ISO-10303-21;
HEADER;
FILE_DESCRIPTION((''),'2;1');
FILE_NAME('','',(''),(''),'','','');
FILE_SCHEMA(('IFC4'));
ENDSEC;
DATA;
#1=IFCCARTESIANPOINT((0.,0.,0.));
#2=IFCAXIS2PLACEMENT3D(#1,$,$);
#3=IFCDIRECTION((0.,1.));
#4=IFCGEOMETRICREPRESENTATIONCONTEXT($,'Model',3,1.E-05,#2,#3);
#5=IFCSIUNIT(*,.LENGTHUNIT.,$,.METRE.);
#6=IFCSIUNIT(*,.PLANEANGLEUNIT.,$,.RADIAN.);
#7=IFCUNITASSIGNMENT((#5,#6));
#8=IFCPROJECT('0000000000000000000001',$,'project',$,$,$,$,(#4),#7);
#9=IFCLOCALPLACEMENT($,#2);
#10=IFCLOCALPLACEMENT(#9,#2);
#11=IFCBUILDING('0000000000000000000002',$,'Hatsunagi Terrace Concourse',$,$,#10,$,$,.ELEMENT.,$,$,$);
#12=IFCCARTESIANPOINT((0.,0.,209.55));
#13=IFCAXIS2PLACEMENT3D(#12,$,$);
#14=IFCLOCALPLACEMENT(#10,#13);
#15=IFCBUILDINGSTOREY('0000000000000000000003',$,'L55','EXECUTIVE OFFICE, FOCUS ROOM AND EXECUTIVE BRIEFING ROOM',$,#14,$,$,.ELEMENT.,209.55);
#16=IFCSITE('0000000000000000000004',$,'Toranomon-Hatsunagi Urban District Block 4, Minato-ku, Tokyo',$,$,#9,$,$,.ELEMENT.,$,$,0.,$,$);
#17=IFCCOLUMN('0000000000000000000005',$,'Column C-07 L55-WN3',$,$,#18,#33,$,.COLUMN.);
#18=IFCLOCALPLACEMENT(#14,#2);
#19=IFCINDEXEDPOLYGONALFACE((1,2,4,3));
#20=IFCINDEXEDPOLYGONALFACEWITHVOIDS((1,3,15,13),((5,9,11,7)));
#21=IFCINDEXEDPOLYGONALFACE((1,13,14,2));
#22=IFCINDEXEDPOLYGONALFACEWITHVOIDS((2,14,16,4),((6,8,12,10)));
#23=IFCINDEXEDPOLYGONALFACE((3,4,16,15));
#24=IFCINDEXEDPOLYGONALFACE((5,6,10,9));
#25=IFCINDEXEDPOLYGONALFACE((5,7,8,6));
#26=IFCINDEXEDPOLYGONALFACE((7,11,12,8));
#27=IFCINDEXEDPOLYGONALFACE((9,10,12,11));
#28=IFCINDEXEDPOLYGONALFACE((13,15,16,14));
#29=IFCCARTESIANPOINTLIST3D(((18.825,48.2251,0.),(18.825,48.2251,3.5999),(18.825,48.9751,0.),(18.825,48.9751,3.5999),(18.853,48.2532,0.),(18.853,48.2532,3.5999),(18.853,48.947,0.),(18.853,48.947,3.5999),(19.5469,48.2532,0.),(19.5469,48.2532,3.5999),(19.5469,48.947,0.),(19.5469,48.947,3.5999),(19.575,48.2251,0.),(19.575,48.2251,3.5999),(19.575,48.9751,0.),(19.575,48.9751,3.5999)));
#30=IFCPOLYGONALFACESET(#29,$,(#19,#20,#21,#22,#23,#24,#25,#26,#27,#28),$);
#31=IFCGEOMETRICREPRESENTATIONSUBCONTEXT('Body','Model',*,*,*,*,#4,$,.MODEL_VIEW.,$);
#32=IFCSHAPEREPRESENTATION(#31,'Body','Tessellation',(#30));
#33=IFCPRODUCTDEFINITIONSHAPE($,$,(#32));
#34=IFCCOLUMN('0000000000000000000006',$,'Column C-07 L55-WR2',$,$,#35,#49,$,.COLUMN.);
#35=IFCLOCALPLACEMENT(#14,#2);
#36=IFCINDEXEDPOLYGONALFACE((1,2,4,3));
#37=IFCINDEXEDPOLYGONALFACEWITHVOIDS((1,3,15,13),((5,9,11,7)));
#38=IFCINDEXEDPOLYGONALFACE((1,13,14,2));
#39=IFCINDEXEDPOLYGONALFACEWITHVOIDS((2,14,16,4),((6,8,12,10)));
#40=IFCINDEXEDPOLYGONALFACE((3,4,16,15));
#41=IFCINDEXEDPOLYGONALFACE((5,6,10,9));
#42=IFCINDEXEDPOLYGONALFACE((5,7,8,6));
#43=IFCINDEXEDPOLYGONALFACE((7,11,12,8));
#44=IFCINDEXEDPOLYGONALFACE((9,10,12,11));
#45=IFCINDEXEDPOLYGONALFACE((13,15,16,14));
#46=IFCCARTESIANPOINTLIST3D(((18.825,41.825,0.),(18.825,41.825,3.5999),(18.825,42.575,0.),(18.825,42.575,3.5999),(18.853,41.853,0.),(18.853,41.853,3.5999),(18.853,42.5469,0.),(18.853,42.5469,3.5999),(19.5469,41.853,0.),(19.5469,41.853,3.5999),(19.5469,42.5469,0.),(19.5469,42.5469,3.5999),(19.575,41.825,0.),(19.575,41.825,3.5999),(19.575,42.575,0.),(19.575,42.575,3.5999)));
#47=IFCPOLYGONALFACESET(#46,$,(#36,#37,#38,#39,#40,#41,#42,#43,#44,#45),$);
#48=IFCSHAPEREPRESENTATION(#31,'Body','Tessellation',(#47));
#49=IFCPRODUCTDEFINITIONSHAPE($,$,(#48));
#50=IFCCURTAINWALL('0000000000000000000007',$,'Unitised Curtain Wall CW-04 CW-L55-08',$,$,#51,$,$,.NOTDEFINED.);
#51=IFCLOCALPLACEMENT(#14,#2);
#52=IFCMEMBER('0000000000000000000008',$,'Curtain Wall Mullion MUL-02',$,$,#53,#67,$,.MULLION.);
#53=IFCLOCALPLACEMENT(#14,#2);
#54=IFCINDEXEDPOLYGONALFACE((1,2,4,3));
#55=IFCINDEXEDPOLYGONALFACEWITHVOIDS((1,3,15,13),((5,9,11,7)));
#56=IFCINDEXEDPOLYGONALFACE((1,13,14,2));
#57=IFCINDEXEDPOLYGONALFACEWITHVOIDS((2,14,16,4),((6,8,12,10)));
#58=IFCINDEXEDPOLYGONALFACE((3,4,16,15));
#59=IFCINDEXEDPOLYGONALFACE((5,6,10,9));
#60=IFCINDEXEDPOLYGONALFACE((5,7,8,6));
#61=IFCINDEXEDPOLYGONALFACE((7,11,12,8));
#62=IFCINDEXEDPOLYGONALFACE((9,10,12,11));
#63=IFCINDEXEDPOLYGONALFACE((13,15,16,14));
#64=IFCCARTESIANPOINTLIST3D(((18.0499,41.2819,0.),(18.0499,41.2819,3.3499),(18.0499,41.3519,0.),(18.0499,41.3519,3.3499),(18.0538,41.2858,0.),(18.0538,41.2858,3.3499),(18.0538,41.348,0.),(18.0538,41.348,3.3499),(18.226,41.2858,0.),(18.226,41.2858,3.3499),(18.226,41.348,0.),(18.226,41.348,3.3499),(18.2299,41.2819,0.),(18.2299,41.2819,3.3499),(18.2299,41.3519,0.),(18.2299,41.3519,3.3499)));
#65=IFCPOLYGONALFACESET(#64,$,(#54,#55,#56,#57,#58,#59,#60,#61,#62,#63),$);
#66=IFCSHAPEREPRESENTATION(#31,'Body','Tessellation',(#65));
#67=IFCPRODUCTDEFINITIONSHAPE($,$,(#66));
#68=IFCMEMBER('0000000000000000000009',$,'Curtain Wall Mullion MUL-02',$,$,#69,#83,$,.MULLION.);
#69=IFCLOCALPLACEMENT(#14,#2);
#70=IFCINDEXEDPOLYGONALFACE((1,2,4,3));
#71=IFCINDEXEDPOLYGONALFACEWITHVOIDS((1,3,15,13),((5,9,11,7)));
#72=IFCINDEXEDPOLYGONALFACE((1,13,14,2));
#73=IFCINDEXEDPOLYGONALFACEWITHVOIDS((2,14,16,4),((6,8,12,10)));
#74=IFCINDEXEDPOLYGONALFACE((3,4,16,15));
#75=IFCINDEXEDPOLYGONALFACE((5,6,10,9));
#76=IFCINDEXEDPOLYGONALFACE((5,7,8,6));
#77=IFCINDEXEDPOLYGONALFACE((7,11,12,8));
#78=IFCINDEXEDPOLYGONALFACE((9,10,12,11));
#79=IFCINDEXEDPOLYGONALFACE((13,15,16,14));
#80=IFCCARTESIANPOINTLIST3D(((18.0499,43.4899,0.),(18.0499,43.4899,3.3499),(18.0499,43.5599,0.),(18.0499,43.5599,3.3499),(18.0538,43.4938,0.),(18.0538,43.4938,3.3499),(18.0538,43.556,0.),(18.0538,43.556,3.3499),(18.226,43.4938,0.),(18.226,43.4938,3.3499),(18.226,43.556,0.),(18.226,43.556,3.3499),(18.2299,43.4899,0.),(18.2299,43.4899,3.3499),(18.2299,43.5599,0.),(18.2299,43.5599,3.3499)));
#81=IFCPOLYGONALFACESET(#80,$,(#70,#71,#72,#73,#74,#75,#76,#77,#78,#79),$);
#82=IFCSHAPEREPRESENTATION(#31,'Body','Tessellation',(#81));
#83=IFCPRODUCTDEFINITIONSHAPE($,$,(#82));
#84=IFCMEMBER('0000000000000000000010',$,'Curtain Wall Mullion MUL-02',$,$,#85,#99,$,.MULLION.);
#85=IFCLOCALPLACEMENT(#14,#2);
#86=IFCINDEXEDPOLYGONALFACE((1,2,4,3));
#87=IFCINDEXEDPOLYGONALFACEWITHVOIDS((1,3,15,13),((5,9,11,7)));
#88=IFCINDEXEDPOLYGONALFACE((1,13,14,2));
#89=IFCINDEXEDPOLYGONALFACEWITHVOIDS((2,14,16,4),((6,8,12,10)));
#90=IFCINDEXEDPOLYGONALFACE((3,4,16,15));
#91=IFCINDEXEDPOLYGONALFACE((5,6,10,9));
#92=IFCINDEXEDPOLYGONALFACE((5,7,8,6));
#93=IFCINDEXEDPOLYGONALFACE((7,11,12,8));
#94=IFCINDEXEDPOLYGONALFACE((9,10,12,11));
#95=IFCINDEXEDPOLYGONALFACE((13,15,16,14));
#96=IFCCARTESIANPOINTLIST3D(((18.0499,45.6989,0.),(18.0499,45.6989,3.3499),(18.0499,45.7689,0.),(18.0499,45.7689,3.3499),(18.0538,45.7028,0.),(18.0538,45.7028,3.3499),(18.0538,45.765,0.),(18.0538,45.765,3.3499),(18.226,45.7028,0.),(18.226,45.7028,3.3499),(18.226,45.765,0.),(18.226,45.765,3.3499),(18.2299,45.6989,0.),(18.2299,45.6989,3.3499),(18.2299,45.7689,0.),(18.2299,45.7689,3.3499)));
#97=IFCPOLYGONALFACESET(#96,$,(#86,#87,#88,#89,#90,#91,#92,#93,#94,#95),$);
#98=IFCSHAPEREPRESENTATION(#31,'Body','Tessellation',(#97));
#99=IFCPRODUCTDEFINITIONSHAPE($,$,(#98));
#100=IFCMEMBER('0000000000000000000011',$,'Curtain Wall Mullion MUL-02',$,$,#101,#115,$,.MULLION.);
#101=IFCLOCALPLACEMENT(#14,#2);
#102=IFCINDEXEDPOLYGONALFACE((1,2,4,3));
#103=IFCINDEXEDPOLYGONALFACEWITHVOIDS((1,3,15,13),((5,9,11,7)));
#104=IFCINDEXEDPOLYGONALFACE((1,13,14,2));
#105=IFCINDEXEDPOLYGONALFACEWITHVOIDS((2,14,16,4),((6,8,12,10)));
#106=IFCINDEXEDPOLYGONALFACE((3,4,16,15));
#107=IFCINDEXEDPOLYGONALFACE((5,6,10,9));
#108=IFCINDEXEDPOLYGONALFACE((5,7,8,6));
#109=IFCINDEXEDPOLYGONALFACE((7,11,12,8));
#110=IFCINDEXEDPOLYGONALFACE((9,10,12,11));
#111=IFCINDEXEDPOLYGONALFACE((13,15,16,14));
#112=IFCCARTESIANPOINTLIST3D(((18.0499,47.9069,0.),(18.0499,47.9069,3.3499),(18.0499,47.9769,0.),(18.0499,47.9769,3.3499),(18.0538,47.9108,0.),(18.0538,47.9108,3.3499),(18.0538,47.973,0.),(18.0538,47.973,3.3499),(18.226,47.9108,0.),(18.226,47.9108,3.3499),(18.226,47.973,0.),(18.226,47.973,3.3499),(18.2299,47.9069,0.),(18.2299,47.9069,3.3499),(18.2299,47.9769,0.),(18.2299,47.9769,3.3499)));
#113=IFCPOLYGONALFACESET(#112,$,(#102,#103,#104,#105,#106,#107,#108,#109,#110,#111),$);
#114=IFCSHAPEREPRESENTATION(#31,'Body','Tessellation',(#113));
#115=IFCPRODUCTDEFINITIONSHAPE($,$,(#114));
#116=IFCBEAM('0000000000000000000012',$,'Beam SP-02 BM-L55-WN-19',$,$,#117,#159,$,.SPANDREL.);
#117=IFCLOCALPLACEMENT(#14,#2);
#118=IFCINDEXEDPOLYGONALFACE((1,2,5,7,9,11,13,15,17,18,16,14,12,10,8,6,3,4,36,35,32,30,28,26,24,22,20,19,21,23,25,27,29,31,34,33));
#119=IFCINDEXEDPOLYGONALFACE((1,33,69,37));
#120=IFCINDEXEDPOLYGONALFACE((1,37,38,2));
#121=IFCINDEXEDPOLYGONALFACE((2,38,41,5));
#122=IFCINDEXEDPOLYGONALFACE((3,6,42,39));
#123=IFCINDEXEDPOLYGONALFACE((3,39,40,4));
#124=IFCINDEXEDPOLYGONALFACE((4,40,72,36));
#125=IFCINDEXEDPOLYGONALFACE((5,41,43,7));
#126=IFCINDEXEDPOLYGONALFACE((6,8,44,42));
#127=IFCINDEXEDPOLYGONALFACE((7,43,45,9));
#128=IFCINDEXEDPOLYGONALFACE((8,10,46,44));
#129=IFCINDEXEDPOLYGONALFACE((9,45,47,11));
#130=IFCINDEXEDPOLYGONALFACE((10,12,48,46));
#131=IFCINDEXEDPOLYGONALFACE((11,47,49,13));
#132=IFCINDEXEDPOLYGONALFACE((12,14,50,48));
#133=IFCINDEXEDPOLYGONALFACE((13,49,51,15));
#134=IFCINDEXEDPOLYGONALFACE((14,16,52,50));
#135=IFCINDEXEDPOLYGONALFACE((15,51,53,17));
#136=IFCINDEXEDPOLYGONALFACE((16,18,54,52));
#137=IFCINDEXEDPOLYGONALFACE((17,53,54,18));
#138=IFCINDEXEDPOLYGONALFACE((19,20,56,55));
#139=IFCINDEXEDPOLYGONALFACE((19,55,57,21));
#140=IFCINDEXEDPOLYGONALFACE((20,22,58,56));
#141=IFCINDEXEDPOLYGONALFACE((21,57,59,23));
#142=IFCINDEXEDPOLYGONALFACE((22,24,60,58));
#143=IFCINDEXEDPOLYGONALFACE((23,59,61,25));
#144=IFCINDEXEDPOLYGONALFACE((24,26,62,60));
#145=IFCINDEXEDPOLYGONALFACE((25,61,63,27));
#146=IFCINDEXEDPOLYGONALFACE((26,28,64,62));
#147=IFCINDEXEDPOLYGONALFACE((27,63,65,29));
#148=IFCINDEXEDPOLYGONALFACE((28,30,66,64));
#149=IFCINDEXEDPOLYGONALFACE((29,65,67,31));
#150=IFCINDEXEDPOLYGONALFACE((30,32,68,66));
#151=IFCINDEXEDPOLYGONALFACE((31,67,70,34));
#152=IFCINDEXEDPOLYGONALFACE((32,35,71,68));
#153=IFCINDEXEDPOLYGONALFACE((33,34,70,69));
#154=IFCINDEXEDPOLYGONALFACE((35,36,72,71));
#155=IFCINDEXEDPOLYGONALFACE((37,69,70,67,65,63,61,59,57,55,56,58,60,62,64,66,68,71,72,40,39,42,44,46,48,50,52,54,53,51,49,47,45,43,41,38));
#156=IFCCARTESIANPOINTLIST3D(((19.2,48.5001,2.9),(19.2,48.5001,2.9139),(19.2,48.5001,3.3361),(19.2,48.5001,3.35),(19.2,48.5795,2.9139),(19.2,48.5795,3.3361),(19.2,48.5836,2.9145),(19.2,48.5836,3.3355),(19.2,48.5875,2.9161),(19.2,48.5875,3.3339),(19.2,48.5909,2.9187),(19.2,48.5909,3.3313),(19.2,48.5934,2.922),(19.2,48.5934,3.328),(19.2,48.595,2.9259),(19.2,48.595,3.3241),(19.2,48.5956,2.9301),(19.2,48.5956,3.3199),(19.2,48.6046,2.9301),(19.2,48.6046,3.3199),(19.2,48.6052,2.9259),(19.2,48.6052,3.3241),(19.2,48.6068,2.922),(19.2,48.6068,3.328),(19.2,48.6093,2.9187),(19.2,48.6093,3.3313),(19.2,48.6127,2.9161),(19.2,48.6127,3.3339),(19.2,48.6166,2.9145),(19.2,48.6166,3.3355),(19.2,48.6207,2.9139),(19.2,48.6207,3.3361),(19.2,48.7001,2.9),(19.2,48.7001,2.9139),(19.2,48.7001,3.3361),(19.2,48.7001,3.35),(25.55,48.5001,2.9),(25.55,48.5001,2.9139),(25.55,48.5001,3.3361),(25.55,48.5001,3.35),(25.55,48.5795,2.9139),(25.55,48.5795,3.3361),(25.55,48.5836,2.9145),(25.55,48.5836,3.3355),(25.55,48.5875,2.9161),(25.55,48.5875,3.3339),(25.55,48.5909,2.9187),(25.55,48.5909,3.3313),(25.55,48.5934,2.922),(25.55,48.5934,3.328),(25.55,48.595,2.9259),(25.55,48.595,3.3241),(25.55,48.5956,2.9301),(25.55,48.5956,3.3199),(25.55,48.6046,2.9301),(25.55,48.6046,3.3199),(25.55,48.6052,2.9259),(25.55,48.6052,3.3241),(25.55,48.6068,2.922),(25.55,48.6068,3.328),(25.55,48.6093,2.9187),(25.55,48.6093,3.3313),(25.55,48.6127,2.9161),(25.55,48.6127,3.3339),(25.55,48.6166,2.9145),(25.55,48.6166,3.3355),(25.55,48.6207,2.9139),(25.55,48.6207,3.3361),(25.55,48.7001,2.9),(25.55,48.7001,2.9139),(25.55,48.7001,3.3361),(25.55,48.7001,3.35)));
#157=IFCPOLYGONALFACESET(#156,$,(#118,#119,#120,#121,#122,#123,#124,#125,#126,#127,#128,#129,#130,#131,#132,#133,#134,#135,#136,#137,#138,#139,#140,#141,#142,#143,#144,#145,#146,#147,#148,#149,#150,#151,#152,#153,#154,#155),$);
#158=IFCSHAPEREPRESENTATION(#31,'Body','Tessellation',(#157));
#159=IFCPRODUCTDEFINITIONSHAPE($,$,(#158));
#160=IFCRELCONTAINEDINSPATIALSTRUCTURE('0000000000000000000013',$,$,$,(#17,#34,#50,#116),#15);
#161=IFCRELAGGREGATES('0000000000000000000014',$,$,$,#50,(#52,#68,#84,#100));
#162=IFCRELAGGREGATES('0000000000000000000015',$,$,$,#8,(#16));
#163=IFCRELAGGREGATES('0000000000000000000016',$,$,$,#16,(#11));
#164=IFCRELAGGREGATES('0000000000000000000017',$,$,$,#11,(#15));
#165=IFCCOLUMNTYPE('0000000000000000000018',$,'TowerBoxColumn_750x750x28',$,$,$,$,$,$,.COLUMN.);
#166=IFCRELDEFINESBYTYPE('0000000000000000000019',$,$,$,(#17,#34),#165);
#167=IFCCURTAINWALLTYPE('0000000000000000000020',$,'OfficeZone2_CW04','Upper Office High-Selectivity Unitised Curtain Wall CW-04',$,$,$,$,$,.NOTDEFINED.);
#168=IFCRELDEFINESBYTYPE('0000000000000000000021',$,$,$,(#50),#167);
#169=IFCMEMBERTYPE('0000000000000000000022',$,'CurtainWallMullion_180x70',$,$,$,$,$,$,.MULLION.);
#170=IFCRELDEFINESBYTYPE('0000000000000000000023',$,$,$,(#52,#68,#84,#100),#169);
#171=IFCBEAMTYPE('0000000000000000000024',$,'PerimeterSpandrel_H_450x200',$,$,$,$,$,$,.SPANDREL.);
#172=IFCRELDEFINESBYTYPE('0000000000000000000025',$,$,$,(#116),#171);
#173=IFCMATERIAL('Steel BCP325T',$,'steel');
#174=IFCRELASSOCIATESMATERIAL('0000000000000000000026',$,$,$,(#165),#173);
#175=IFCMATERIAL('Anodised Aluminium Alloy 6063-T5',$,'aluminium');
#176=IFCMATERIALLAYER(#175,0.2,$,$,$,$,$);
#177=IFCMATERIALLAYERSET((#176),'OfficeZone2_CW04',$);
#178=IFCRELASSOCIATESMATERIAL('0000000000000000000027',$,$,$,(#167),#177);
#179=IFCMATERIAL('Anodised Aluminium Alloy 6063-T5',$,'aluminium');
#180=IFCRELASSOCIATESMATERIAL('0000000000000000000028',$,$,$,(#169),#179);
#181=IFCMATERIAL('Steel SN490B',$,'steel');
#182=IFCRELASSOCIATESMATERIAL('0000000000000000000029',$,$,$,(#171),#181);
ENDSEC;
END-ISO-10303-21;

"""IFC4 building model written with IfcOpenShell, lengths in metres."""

from ifc_helpers import new_model, si_unit, direction, frame, origin, origin_2d, place, context, subcontext, project, spatial, hollow_rectangle, i_section, extrude, material, layer, layer_set, material_profile, profile_set, type_object, element, aggregate, save


model = new_model("IFC4")

# Units and contexts
model_context = context("Model", 3, precision=1e-05, world=origin(), true_north=direction((0.0, 1.0)))
body_context = subcontext(model_context, "Body", "Model", "MODEL_VIEW")
ifc_project = project(units=[si_unit("LENGTHUNIT", "METRE"), si_unit("PLANEANGLEUNIT", "RADIAN")], contexts=[model_context])

# Site, building, storey
site_placement = place(None, origin())
site = spatial("IfcSite", under=ifc_project, at=site_placement, Name="Toranomon-Hatsunagi Urban District Block 4, Minato-ku, Tokyo", CompositionType="ELEMENT", RefElevation=0.0)
building_placement = place(site_placement, origin())
building = spatial("IfcBuilding", under=site, at=building_placement, Name="Hatsunagi Terrace Concourse", CompositionType="ELEMENT")
storey_placement = place(building_placement, frame((0.0, 0.0, 209.55)))
storey = spatial("IfcBuildingStorey", under=building, at=storey_placement, Name="L55", Description="EXECUTIVE OFFICE, FOCUS ROOM AND EXECUTIVE BRIEFING ROOM", CompositionType="ELEMENT", Elevation=209.55)

# Columns
ifc_material_1 = material(Name="Steel BCP325T", Category="steel")
ifc_material_profile_1 = material_profile(ifc_material_1, hollow_rectangle(XDim=0.75, YDim=0.75, WallThickness=0.0281, at=origin_2d()), Name="BCP-750x750x28")
ifc_profile_set_1 = profile_set([ifc_material_profile_1], Name="Steel BCP325T")
column_type = type_object("IfcColumnType", Name="TowerBoxColumn_750x750x28", PredefinedType="COLUMN", material=ifc_profile_set_1)
for number, where, z_axis, x_axis, name in (
    (1, (19.2, 48.6001, 0.0), (0.0, 0.0, 1.0), (1.0, 0.0, 0.0), "Column C-07 L55-WN3"),
    (2, (19.2, 42.2, 0.0), (0.0, 0.0, 1.0), (1.0, 0.0, 0.0), "Column C-07 L55-WR2"),
):
    element("IfcColumn", number, at=place(storey_placement, frame(where, z_axis=z_axis, x_axis=x_axis)), inside=storey, type_object=column_type, Name=name, PredefinedType="COLUMN", context=body_context, shape_type="SweptSolid", body=[
        extrude(hollow_rectangle(XDim=0.75, YDim=0.75, WallThickness=0.0281, at=origin_2d()), origin(), (0.0, 0.0, 1.0), 3.5999),
    ])

# Curtain wall, members
ifc_material_2 = material(Name="Anodised Aluminium Alloy 6063-T5", Category="aluminium")
ifc_layer_1 = layer(ifc_material_2, 0.2)
ifc_layer_set_1 = layer_set([ifc_layer_1], Name="OfficeZone2_CW04")
curtain_wall_type = type_object("IfcCurtainWallType", Name="OfficeZone2_CW04", Description="Upper Office High-Selectivity Unitised Curtain Wall CW-04", PredefinedType="NOTDEFINED", material=ifc_layer_set_1)
curtain_wall_placement = place(storey_placement, origin())
curtain_wall = element("IfcCurtainWall", 3, at=curtain_wall_placement, inside=storey, type_object=curtain_wall_type, Name="Unitised Curtain Wall CW-04 CW-L55-08", PredefinedType="NOTDEFINED")
ifc_material_3 = material(Name="Anodised Aluminium Alloy 6063-T5", Category="aluminium")
ifc_material_profile_2 = material_profile(ifc_material_3, hollow_rectangle(XDim=0.0701, YDim=0.1799, WallThickness=0.0039, at=origin_2d()), Name="ALU-MUL-180x70x4")
ifc_profile_set_2 = profile_set([ifc_material_profile_2], Name="Anodised Aluminium Alloy 6063-T5")
member_type = type_object("IfcMemberType", Name="CurtainWallMullion_180x70", PredefinedType="MULLION", material=ifc_profile_set_2)
member_1_placement = place(storey_placement, frame((18.1399, 41.3169, 0.0), z_axis=(0.0, 0.0, 1.0), x_axis=(0.0, 1.0, 0.0)))
member_1 = element("IfcMember", 4, at=member_1_placement, type_object=member_type, Name="Curtain Wall Mullion MUL-02", PredefinedType="MULLION", context=body_context, shape_type="SweptSolid", body=[
    extrude(hollow_rectangle(XDim=0.0701, YDim=0.1799, WallThickness=0.0039, at=origin_2d()), origin(), (0.0, 0.0, 1.0), 3.3499),
])
member_2_placement = place(storey_placement, frame((18.1399, 43.5249, 0.0), z_axis=(0.0, 0.0, 1.0), x_axis=(0.0, 1.0, 0.0)))
member_2 = element("IfcMember", 5, at=member_2_placement, type_object=member_type, Name="Curtain Wall Mullion MUL-02", PredefinedType="MULLION", context=body_context, shape_type="SweptSolid", body=[
    extrude(hollow_rectangle(XDim=0.0701, YDim=0.1799, WallThickness=0.0039, at=origin_2d()), origin(), (0.0, 0.0, 1.0), 3.3499),
])
member_3_placement = place(storey_placement, frame((18.1399, 45.7339, 0.0), z_axis=(0.0, 0.0, 1.0), x_axis=(0.0, 1.0, 0.0)))
member_3 = element("IfcMember", 6, at=member_3_placement, type_object=member_type, Name="Curtain Wall Mullion MUL-02", PredefinedType="MULLION", context=body_context, shape_type="SweptSolid", body=[
    extrude(hollow_rectangle(XDim=0.0701, YDim=0.1799, WallThickness=0.0039, at=origin_2d()), origin(), (0.0, 0.0, 1.0), 3.3499),
])
member_4_placement = place(storey_placement, frame((18.1399, 47.9419, 0.0), z_axis=(0.0, 0.0, 1.0), x_axis=(0.0, 1.0, 0.0)))
member_4 = element("IfcMember", 7, at=member_4_placement, type_object=member_type, Name="Curtain Wall Mullion MUL-02", PredefinedType="MULLION", context=body_context, shape_type="SweptSolid", body=[
    extrude(hollow_rectangle(XDim=0.0701, YDim=0.1799, WallThickness=0.0039, at=origin_2d()), origin(), (0.0, 0.0, 1.0), 3.3499),
])

# Beam
ifc_material_4 = material(Name="Steel SN490B", Category="steel")
ifc_material_profile_3 = material_profile(ifc_material_4, i_section(OverallWidth=0.2, OverallDepth=0.45, WebThickness=0.009, FlangeThickness=0.0139, FilletRadius=0.0161, at=origin_2d()), Name="H-450x200x9x14")
ifc_profile_set_3 = profile_set([ifc_material_profile_3], Name="Steel SN490B")
beam_type = type_object("IfcBeamType", Name="PerimeterSpandrel_H_450x200", PredefinedType="SPANDREL", material=ifc_profile_set_3)
beam_1_placement = place(storey_placement, frame((19.2, 48.6001, 3.125), z_axis=(1.0, 0.0, 0.0), x_axis=(0.0, 1.0, 0.0)))
element("IfcBeam", 8, at=beam_1_placement, inside=storey, type_object=beam_type, Name="Beam SP-02 BM-L55-WN-19", PredefinedType="SPANDREL", context=body_context, shape_type="SweptSolid", body=[
    extrude(i_section(OverallWidth=0.2, OverallDepth=0.45, WebThickness=0.009, FlangeThickness=0.0139, FilletRadius=0.0161, at=origin_2d()), origin(), (0.0, 0.0, 1.0), 6.3501),
])

aggregate(curtain_wall, [member_1, member_2, member_3, member_4])

save(model, "model.ifc")
